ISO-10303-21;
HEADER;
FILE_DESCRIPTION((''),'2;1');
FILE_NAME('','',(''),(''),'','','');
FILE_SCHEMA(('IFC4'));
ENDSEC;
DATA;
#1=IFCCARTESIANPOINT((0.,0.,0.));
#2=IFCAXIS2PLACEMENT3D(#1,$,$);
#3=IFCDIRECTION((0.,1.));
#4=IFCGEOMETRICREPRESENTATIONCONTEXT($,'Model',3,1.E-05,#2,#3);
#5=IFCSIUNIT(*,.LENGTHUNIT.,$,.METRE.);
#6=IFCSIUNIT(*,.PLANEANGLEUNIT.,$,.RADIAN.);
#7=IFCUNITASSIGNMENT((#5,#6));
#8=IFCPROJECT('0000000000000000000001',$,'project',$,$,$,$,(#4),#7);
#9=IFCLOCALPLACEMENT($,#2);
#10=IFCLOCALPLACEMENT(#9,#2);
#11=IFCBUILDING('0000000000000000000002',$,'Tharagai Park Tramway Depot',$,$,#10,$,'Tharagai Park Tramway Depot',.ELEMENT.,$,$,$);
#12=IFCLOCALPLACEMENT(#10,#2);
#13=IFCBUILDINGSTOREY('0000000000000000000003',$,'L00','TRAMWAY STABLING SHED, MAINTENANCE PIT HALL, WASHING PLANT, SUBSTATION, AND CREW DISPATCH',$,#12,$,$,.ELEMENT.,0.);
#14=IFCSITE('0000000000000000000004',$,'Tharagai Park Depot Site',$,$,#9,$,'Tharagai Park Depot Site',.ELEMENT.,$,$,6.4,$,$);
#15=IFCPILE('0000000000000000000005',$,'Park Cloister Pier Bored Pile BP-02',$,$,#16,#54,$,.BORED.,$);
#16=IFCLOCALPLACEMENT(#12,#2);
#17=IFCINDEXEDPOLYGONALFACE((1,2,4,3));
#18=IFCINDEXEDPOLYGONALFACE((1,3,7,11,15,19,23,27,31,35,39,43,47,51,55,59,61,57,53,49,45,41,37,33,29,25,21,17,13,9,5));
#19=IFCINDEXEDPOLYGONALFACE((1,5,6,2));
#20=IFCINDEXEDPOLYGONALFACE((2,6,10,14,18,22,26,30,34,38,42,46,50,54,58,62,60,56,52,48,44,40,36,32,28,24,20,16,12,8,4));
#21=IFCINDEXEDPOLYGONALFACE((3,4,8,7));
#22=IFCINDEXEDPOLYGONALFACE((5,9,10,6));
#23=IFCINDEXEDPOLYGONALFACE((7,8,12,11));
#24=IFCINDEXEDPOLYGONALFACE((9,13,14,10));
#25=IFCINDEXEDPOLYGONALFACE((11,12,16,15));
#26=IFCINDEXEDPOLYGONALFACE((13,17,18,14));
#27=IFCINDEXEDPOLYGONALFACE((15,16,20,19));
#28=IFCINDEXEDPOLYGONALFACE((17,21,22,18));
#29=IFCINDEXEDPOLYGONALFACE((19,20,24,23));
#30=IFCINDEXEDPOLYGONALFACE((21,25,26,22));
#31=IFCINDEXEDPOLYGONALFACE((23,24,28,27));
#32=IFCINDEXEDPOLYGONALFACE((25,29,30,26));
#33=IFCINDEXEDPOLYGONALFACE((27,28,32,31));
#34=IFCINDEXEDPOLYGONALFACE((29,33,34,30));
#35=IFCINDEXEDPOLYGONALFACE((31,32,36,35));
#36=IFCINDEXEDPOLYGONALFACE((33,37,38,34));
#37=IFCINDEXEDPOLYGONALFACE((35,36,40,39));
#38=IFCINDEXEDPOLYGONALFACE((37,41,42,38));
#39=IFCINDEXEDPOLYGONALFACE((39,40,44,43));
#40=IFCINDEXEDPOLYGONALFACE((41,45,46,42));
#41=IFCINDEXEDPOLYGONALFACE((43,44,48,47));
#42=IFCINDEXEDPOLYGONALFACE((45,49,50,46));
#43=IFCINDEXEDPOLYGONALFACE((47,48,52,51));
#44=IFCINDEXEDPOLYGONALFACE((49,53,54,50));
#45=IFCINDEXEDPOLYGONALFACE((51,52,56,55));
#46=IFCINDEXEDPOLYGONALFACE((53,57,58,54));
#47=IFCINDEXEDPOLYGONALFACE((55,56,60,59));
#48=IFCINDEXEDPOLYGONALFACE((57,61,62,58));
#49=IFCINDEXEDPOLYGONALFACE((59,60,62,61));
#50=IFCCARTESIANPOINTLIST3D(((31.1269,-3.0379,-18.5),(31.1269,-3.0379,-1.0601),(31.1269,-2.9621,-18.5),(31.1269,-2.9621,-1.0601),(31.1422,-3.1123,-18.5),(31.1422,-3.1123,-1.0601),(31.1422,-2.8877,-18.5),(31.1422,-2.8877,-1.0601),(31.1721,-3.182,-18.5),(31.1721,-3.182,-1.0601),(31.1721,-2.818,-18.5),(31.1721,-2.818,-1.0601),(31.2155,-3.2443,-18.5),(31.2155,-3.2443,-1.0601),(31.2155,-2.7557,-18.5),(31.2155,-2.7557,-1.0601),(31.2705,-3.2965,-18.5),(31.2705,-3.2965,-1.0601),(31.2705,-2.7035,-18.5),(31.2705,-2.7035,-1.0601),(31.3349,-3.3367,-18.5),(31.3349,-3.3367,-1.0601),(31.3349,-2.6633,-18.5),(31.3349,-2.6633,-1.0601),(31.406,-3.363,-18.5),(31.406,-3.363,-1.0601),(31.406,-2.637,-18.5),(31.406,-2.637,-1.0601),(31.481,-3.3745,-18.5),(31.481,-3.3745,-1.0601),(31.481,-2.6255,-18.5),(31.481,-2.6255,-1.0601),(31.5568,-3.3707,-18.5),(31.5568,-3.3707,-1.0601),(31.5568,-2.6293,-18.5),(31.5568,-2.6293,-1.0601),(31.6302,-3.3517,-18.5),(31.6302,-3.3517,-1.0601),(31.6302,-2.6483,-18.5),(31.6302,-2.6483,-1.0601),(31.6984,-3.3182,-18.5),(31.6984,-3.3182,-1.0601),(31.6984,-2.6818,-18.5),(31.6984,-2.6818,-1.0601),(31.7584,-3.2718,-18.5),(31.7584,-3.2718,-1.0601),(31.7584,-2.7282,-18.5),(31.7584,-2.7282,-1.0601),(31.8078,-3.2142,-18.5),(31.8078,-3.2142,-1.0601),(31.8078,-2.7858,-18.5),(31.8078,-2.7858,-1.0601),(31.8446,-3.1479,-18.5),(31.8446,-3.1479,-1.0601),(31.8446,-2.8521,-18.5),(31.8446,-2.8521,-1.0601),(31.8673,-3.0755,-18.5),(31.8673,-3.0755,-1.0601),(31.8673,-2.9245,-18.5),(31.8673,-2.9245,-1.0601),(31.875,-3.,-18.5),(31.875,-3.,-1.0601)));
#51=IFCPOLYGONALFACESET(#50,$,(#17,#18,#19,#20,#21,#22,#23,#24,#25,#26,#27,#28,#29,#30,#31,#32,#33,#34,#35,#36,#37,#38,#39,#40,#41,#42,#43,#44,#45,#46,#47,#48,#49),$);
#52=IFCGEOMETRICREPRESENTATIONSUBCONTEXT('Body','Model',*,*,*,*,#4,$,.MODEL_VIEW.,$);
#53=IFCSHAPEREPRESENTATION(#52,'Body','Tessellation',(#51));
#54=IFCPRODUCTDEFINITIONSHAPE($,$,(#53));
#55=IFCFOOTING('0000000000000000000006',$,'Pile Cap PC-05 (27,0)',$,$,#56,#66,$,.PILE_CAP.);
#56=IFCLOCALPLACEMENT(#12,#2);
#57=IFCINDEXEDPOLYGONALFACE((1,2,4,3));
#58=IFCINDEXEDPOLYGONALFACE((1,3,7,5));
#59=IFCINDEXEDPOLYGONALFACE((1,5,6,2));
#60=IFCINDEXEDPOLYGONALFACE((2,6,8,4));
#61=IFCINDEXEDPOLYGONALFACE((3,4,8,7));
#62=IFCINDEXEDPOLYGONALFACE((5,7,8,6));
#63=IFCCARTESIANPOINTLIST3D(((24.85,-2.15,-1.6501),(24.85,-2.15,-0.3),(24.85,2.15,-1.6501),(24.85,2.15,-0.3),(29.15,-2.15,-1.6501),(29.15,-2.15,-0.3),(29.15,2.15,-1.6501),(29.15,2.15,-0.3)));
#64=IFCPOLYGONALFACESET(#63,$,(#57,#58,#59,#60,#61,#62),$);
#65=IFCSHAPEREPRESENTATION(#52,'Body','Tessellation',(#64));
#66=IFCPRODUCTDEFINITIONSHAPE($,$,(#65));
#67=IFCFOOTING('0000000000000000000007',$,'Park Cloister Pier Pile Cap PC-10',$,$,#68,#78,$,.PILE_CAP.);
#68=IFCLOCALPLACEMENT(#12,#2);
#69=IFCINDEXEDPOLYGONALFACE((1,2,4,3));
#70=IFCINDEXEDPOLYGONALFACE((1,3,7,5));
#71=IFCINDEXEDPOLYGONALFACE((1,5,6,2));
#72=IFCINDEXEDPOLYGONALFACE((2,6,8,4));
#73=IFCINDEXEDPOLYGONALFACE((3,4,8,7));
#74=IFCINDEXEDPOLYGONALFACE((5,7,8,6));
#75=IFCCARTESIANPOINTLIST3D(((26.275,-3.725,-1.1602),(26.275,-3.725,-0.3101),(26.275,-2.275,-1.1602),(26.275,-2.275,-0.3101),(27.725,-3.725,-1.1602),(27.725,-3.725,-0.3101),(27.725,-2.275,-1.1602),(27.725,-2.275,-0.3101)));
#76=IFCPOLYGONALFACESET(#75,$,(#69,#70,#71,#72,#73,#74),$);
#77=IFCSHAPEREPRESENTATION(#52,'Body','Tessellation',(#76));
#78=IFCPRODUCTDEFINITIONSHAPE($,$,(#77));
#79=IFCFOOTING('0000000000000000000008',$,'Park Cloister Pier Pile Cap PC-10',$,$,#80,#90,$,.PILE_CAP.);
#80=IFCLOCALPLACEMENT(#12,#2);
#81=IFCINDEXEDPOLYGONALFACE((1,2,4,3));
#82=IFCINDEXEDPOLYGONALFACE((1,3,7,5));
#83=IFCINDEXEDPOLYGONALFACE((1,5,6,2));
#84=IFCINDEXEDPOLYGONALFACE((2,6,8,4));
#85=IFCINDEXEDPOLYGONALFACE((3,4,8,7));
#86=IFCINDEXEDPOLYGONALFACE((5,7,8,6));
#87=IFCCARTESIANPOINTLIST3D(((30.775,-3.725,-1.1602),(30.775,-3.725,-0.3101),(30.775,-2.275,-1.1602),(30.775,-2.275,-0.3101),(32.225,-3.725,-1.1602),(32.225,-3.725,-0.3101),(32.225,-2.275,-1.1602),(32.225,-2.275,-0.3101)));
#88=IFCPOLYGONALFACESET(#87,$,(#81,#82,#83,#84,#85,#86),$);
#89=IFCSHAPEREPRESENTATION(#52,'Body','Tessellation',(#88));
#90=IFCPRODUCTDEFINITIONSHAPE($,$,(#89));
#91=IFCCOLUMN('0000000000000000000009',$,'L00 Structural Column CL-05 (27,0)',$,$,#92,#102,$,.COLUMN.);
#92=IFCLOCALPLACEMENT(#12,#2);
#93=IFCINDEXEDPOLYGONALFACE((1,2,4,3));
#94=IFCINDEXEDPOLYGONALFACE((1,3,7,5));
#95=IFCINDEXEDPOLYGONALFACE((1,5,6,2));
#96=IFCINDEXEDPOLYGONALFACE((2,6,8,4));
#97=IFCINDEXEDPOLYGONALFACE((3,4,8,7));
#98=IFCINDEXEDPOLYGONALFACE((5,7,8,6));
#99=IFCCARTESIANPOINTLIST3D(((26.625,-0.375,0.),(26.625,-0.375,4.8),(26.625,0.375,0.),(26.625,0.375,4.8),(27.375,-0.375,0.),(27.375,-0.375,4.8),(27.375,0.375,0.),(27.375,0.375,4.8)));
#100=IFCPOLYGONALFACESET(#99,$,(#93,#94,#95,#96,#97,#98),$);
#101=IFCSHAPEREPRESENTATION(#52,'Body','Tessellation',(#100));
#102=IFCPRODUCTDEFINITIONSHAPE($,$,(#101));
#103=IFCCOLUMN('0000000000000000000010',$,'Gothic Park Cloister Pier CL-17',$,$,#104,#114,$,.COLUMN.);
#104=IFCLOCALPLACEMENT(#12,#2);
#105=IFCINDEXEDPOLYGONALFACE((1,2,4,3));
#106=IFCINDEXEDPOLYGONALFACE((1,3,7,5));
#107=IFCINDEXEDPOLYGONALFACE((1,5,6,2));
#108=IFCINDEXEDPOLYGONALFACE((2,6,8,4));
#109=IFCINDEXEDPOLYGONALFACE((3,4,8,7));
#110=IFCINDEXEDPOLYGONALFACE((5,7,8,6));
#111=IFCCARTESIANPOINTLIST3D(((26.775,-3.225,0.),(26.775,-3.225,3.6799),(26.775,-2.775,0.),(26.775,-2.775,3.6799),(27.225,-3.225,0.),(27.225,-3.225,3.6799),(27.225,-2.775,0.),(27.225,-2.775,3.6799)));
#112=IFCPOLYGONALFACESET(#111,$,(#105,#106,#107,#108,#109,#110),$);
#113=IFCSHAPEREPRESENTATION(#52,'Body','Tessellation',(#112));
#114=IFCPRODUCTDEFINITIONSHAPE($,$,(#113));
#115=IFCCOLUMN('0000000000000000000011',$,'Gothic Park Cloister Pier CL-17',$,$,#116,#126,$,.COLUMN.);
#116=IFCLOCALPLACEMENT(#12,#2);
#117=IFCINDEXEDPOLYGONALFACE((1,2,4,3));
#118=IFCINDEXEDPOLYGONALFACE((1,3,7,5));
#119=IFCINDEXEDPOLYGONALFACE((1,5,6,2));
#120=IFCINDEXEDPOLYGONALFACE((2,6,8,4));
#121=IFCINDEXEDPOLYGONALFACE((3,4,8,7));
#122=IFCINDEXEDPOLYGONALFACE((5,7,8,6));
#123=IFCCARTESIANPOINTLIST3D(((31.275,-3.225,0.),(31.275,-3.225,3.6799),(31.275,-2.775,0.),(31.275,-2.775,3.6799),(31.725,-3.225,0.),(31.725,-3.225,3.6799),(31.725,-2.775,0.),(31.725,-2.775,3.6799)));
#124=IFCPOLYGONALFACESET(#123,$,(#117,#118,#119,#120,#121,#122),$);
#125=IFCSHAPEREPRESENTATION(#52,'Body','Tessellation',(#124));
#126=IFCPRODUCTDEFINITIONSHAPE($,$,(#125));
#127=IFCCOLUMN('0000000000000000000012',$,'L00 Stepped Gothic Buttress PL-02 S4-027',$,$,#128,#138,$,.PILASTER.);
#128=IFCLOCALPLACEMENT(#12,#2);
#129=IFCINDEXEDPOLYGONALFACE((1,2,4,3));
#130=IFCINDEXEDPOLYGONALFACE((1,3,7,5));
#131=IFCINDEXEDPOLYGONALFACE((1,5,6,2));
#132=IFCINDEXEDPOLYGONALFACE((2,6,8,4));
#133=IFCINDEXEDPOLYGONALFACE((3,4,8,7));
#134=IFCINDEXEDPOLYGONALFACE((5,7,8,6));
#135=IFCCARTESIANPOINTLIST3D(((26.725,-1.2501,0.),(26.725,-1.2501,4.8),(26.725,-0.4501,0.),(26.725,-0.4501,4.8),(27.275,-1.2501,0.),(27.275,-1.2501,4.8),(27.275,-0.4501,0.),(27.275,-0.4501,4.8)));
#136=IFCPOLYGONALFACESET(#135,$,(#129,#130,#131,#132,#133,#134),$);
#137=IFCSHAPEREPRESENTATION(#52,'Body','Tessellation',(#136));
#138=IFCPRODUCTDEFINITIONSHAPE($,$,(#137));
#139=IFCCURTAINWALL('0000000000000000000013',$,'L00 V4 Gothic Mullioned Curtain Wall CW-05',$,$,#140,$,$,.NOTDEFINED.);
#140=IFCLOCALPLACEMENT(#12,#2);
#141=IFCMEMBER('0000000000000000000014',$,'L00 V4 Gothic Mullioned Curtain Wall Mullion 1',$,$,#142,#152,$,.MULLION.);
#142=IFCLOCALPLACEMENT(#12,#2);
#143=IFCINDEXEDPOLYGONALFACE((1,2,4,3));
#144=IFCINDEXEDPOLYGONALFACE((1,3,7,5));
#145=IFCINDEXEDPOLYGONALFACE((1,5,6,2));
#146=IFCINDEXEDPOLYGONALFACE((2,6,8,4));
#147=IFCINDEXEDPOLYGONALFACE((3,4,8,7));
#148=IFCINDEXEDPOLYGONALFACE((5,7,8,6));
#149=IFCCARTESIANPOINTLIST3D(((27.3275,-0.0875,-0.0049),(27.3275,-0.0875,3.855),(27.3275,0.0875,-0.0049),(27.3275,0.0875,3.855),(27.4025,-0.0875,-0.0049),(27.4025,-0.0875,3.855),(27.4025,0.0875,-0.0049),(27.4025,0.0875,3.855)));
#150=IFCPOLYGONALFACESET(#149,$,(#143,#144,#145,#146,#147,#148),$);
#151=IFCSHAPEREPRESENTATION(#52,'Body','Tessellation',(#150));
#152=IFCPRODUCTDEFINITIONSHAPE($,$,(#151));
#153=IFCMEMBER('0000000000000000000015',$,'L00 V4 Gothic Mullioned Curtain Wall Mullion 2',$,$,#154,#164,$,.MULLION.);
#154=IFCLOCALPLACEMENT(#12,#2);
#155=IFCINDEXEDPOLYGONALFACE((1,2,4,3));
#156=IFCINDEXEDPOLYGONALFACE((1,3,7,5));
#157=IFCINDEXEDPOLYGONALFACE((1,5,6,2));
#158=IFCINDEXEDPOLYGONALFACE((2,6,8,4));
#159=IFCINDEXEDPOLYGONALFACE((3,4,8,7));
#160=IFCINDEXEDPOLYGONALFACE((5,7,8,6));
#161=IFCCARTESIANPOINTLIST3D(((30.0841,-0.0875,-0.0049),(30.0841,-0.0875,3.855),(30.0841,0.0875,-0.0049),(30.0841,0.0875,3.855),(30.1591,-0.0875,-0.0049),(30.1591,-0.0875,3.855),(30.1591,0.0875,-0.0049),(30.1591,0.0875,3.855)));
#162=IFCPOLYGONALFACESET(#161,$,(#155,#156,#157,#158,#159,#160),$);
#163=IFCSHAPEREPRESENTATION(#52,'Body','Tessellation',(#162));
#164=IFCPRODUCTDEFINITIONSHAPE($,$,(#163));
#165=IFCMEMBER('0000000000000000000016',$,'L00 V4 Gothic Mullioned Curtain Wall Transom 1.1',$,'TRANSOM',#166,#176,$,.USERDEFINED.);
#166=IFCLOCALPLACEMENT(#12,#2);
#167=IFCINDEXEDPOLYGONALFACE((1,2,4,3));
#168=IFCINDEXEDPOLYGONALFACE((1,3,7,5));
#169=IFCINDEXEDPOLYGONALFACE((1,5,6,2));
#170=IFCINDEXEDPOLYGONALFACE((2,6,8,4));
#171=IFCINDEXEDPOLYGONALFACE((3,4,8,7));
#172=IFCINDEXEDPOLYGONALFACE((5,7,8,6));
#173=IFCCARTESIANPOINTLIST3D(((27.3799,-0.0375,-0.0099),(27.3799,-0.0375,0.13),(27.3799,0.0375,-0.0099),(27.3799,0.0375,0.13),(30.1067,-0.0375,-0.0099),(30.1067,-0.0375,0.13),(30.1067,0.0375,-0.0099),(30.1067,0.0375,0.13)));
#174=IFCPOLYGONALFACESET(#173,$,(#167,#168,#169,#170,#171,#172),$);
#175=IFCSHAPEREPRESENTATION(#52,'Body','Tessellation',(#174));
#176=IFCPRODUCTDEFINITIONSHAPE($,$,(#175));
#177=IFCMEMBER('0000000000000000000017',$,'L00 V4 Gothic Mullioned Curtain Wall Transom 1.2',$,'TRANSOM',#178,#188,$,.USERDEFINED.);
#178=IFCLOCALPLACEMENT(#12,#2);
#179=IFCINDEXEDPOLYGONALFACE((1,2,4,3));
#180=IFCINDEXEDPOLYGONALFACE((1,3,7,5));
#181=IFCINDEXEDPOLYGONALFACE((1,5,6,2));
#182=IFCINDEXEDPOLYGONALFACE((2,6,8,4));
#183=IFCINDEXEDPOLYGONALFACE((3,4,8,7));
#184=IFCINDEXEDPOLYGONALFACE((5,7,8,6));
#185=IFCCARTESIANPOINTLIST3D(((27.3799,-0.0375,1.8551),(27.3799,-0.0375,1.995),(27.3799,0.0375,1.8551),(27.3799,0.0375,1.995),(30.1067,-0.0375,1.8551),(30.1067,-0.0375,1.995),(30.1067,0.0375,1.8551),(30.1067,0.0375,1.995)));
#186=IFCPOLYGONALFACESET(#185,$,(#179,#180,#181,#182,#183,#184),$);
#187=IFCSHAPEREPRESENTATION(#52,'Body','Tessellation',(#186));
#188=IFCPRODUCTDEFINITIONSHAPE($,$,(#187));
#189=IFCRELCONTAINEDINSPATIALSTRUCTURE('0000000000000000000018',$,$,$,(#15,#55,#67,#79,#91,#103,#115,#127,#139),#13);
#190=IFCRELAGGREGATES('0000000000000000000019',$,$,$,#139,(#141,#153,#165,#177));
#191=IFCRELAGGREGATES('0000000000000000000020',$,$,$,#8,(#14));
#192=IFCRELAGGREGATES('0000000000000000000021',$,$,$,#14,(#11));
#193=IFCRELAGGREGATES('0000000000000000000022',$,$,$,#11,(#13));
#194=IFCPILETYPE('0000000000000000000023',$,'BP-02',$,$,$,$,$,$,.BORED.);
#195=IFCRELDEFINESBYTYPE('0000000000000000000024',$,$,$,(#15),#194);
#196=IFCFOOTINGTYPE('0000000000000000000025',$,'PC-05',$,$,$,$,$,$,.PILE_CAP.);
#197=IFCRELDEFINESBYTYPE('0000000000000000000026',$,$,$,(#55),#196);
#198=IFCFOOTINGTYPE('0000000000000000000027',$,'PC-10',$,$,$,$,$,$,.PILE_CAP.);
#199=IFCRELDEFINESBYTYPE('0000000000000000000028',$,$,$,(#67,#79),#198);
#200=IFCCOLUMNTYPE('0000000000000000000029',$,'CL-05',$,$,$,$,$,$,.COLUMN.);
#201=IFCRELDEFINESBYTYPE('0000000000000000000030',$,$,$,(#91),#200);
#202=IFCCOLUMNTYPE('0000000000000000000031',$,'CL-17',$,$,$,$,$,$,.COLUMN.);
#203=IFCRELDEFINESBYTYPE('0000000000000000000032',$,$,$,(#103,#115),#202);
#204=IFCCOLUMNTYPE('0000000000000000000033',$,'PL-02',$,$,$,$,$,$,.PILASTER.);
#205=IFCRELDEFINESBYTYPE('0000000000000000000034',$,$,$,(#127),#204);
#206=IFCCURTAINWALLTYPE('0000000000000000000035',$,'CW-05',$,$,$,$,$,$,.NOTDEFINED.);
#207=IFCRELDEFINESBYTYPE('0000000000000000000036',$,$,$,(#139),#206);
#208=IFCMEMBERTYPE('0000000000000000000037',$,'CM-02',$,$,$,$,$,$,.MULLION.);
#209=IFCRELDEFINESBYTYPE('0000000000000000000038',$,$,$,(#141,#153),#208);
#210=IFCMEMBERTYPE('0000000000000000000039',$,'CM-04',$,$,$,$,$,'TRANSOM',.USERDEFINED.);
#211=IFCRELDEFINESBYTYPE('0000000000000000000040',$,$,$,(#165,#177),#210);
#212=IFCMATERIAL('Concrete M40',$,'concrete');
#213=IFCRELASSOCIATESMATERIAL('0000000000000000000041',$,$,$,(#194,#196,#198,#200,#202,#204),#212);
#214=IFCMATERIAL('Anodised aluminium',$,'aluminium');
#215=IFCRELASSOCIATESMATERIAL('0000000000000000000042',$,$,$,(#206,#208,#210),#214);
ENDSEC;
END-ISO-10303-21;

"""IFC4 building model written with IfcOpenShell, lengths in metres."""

from ifc_helpers import new_model, si_unit, direction, frame, origin, origin_2d, place, context, subcontext, project, spatial, rectangle, circle, extrude, material, material_profile, profile_set, type_object, element, aggregate, save


model = new_model("IFC4")

# Units and contexts
model_context = context("Model", 3, precision=1e-05, world=origin(), true_north=direction((0.0, 1.0)))
body_context = subcontext(model_context, "Body", "Model", "MODEL_VIEW")
ifc_project = project(units=[si_unit("LENGTHUNIT", "METRE"), si_unit("PLANEANGLEUNIT", "RADIAN")], contexts=[model_context])

# Site, building, storey
site_placement = place(None, origin())
site = spatial("IfcSite", under=ifc_project, at=site_placement, Name="Tharagai Park Depot Site", LongName="Tharagai Park Depot Site", CompositionType="ELEMENT", RefElevation=6.4)
building_placement = place(site_placement, origin())
building = spatial("IfcBuilding", under=site, at=building_placement, Name="Tharagai Park Tramway Depot", LongName="Tharagai Park Tramway Depot", CompositionType="ELEMENT")
storey_placement = place(building_placement, origin())
storey = spatial("IfcBuildingStorey", under=building, at=storey_placement, Name="L00", Description="TRAMWAY STABLING SHED, MAINTENANCE PIT HALL, WASHING PLANT, SUBSTATION, AND CREW DISPATCH", CompositionType="ELEMENT", Elevation=0.0)

# Pile
ifc_material_1 = material(Name="Concrete M40", Category="concrete")
ifc_material_profile_1 = material_profile(ifc_material_1, circle(Radius=0.375, at=origin_2d()), Name="PILE D750")
ifc_profile_set_1 = profile_set([ifc_material_profile_1], Name="Concrete M40")
pile_type_1 = type_object("IfcPileType", Name="BP-02", PredefinedType="BORED", material=ifc_profile_set_1)
for number, where, z_axis, x_axis, name in (
    (1, (31.5, -3.0, -1.0601), (0.0, 0.0, -1.0), (1.0, 0.0, 0.0), "Park Cloister Pier Bored Pile BP-02"),
):
    element("IfcPile", number, at=place(storey_placement, frame(where, z_axis=z_axis, x_axis=x_axis)), inside=storey, type_object=pile_type_1, Name=name, PredefinedType="BORED", context=body_context, shape_type="SweptSolid", body=[
        extrude(circle(Radius=0.375, at=origin_2d()), origin(), (0.0, 0.0, 1.0), 17.4399),
    ])

# Footings
footing_type_1 = type_object("IfcFootingType", Name="PC-05", PredefinedType="PILE_CAP", material=ifc_material_1)
footing_placement = place(storey_placement, frame((27.0, 0.0, -1.6501), z_axis=(0.0, 0.0, 1.0), x_axis=(1.0, 0.0, 0.0)))
element("IfcFooting", 2, at=footing_placement, inside=storey, type_object=footing_type_1, Name="Pile Cap PC-05 (27,0)", PredefinedType="PILE_CAP", context=body_context, shape_type="SweptSolid", body=[
    extrude(rectangle(XDim=4.3, YDim=4.3, at=origin_2d()), origin(), (0.0, 0.0, 1.0), 1.3501),
])
footing_type_2 = type_object("IfcFootingType", Name="PC-10", PredefinedType="PILE_CAP", material=ifc_material_1)
for number, where, z_axis, x_axis, name in (
    (3, (27.0, -3.0, -1.1602), (0.0, 0.0, 1.0), (1.0, 0.0, 0.0), "Park Cloister Pier Pile Cap PC-10"),
    (4, (31.5, -3.0, -1.1602), (0.0, 0.0, 1.0), (1.0, 0.0, 0.0), "Park Cloister Pier Pile Cap PC-10"),
):
    element("IfcFooting", number, at=place(storey_placement, frame(where, z_axis=z_axis, x_axis=x_axis)), inside=storey, type_object=footing_type_2, Name=name, PredefinedType="PILE_CAP", context=body_context, shape_type="SweptSolid", body=[
        extrude(rectangle(XDim=1.45, YDim=1.45, at=origin_2d()), origin(), (0.0, 0.0, 1.0), 0.8501),
    ])

# Columns
ifc_material_profile_2 = material_profile(ifc_material_1, rectangle(XDim=0.75, YDim=0.75, at=origin_2d()), Name="RC 750x750")
ifc_profile_set_2 = profile_set([ifc_material_profile_2], Name="Concrete M40")
column_type_1 = type_object("IfcColumnType", Name="CL-05", PredefinedType="COLUMN", material=ifc_profile_set_2)
column_1_placement = place(storey_placement, frame((27.0, 0.0, 0.0), z_axis=(0.0, 0.0, 1.0), x_axis=(1.0, 0.0, 0.0)))
element("IfcColumn", 5, at=column_1_placement, inside=storey, type_object=column_type_1, Name="L00 Structural Column CL-05 (27,0)", PredefinedType="COLUMN", context=body_context, shape_type="SweptSolid", body=[
    extrude(rectangle(XDim=0.75, YDim=0.75, at=origin_2d()), origin(), (0.0, 0.0, 1.0), 4.8),
])
ifc_material_profile_3 = material_profile(ifc_material_1, rectangle(XDim=0.45, YDim=0.45, at=origin_2d()), Name="RC 450x450")
ifc_profile_set_3 = profile_set([ifc_material_profile_3], Name="Concrete M40")
column_type_2 = type_object("IfcColumnType", Name="CL-17", PredefinedType="COLUMN", material=ifc_profile_set_3)
for number, where, z_axis, x_axis, name in (
    (6, (27.0, -3.0, 0.0), (0.0, 0.0, 1.0), (1.0, 0.0, 0.0), "Gothic Park Cloister Pier CL-17"),
    (7, (31.5, -3.0, 0.0), (0.0, 0.0, 1.0), (1.0, 0.0, 0.0), "Gothic Park Cloister Pier CL-17"),
):
    element("IfcColumn", number, at=place(storey_placement, frame(where, z_axis=z_axis, x_axis=x_axis)), inside=storey, type_object=column_type_2, Name=name, PredefinedType="COLUMN", context=body_context, shape_type="SweptSolid", body=[
        extrude(rectangle(XDim=0.45, YDim=0.45, at=origin_2d()), origin(), (0.0, 0.0, 1.0), 3.6799),
    ])
ifc_material_profile_4 = material_profile(ifc_material_1, rectangle(XDim=0.55, YDim=0.8, at=origin_2d()), Name="RC 550x800")
ifc_profile_set_4 = profile_set([ifc_material_profile_4], Name="Concrete M40")
column_type_3 = type_object("IfcColumnType", Name="PL-02", PredefinedType="PILASTER", material=ifc_profile_set_4)
column_2_placement = place(storey_placement, frame((27.0, -0.8501, 0.0), z_axis=(0.0, 0.0, 1.0), x_axis=(1.0, 0.0, 0.0)))
element("IfcColumn", 8, at=column_2_placement, inside=storey, type_object=column_type_3, Name="L00 Stepped Gothic Buttress PL-02 S4-027", PredefinedType="PILASTER", context=body_context, shape_type="SweptSolid", body=[
    extrude(rectangle(XDim=0.55, YDim=0.8, at=origin_2d()), origin(), (0.0, 0.0, 1.0), 4.8),
])

# Curtain wall, members
ifc_material_2 = material(Name="Anodised aluminium", Category="aluminium")
curtain_wall_type = type_object("IfcCurtainWallType", Name="CW-05", PredefinedType="NOTDEFINED", material=ifc_material_2)
curtain_wall_placement = place(storey_placement, origin())
curtain_wall = element("IfcCurtainWall", 9, at=curtain_wall_placement, inside=storey, type_object=curtain_wall_type, Name="L00 V4 Gothic Mullioned Curtain Wall CW-05", PredefinedType="NOTDEFINED")
ifc_material_profile_5 = material_profile(ifc_material_2, rectangle(XDim=0.075, YDim=0.175, at=origin_2d()), Name="ALU 75x175")
ifc_profile_set_5 = profile_set([ifc_material_profile_5], Name="Anodised aluminium")
member_type_1 = type_object("IfcMemberType", Name="CM-02", PredefinedType="MULLION", material=ifc_profile_set_5)
member_1_placement = place(storey_placement, frame((27.365, 0.0, -0.0049), z_axis=(0.0, 0.0, 1.0), x_axis=(1.0, 0.0, 0.0)))
member_1 = element("IfcMember", 10, at=member_1_placement, type_object=member_type_1, Name="L00 V4 Gothic Mullioned Curtain Wall Mullion 1", PredefinedType="MULLION", context=body_context, shape_type="SweptSolid", body=[
    extrude(rectangle(XDim=0.075, YDim=0.175, at=origin_2d()), origin(), (0.0, 0.0, 1.0), 3.8599),
])
member_2_placement = place(storey_placement, frame((30.1216, 0.0, -0.0049), z_axis=(0.0, 0.0, 1.0), x_axis=(1.0, 0.0, 0.0)))
member_2 = element("IfcMember", 11, at=member_2_placement, type_object=member_type_1, Name="L00 V4 Gothic Mullioned Curtain Wall Mullion 2", PredefinedType="MULLION", context=body_context, shape_type="SweptSolid", body=[
    extrude(rectangle(XDim=0.075, YDim=0.175, at=origin_2d()), origin(), (0.0, 0.0, 1.0), 3.8599),
])
ifc_material_profile_6 = material_profile(ifc_material_2, rectangle(XDim=0.075, YDim=0.1399, at=origin_2d()), Name="ALU 75x140")
ifc_profile_set_6 = profile_set([ifc_material_profile_6], Name="Anodised aluminium")
member_type_2 = type_object("IfcMemberType", Name="CM-04", ElementType="TRANSOM", PredefinedType="USERDEFINED", material=ifc_profile_set_6)
member_3_placement = place(storey_placement, frame((27.3799, 0.0, 0.0601), z_axis=(1.0, 0.0, 0.0), x_axis=(0.0, 1.0, 0.0)))
member_3 = element("IfcMember", 12, at=member_3_placement, type_object=member_type_2, Name="L00 V4 Gothic Mullioned Curtain Wall Transom 1.1", ObjectType="TRANSOM", PredefinedType="USERDEFINED", context=body_context, shape_type="SweptSolid", body=[
    extrude(rectangle(XDim=0.075, YDim=0.1399, at=origin_2d()), origin(), (0.0, 0.0, 1.0), 2.7268),
])
member_4_placement = place(storey_placement, frame((27.3799, 0.0, 1.925), z_axis=(1.0, 0.0, 0.0), x_axis=(0.0, 1.0, 0.0)))
member_4 = element("IfcMember", 13, at=member_4_placement, type_object=member_type_2, Name="L00 V4 Gothic Mullioned Curtain Wall Transom 1.2", ObjectType="TRANSOM", PredefinedType="USERDEFINED", context=body_context, shape_type="SweptSolid", body=[
    extrude(rectangle(XDim=0.075, YDim=0.1399, at=origin_2d()), origin(), (0.0, 0.0, 1.0), 2.7268),
])
aggregate(curtain_wall, [member_1, member_2, member_3, member_4])

save(model, "model.ifc")
